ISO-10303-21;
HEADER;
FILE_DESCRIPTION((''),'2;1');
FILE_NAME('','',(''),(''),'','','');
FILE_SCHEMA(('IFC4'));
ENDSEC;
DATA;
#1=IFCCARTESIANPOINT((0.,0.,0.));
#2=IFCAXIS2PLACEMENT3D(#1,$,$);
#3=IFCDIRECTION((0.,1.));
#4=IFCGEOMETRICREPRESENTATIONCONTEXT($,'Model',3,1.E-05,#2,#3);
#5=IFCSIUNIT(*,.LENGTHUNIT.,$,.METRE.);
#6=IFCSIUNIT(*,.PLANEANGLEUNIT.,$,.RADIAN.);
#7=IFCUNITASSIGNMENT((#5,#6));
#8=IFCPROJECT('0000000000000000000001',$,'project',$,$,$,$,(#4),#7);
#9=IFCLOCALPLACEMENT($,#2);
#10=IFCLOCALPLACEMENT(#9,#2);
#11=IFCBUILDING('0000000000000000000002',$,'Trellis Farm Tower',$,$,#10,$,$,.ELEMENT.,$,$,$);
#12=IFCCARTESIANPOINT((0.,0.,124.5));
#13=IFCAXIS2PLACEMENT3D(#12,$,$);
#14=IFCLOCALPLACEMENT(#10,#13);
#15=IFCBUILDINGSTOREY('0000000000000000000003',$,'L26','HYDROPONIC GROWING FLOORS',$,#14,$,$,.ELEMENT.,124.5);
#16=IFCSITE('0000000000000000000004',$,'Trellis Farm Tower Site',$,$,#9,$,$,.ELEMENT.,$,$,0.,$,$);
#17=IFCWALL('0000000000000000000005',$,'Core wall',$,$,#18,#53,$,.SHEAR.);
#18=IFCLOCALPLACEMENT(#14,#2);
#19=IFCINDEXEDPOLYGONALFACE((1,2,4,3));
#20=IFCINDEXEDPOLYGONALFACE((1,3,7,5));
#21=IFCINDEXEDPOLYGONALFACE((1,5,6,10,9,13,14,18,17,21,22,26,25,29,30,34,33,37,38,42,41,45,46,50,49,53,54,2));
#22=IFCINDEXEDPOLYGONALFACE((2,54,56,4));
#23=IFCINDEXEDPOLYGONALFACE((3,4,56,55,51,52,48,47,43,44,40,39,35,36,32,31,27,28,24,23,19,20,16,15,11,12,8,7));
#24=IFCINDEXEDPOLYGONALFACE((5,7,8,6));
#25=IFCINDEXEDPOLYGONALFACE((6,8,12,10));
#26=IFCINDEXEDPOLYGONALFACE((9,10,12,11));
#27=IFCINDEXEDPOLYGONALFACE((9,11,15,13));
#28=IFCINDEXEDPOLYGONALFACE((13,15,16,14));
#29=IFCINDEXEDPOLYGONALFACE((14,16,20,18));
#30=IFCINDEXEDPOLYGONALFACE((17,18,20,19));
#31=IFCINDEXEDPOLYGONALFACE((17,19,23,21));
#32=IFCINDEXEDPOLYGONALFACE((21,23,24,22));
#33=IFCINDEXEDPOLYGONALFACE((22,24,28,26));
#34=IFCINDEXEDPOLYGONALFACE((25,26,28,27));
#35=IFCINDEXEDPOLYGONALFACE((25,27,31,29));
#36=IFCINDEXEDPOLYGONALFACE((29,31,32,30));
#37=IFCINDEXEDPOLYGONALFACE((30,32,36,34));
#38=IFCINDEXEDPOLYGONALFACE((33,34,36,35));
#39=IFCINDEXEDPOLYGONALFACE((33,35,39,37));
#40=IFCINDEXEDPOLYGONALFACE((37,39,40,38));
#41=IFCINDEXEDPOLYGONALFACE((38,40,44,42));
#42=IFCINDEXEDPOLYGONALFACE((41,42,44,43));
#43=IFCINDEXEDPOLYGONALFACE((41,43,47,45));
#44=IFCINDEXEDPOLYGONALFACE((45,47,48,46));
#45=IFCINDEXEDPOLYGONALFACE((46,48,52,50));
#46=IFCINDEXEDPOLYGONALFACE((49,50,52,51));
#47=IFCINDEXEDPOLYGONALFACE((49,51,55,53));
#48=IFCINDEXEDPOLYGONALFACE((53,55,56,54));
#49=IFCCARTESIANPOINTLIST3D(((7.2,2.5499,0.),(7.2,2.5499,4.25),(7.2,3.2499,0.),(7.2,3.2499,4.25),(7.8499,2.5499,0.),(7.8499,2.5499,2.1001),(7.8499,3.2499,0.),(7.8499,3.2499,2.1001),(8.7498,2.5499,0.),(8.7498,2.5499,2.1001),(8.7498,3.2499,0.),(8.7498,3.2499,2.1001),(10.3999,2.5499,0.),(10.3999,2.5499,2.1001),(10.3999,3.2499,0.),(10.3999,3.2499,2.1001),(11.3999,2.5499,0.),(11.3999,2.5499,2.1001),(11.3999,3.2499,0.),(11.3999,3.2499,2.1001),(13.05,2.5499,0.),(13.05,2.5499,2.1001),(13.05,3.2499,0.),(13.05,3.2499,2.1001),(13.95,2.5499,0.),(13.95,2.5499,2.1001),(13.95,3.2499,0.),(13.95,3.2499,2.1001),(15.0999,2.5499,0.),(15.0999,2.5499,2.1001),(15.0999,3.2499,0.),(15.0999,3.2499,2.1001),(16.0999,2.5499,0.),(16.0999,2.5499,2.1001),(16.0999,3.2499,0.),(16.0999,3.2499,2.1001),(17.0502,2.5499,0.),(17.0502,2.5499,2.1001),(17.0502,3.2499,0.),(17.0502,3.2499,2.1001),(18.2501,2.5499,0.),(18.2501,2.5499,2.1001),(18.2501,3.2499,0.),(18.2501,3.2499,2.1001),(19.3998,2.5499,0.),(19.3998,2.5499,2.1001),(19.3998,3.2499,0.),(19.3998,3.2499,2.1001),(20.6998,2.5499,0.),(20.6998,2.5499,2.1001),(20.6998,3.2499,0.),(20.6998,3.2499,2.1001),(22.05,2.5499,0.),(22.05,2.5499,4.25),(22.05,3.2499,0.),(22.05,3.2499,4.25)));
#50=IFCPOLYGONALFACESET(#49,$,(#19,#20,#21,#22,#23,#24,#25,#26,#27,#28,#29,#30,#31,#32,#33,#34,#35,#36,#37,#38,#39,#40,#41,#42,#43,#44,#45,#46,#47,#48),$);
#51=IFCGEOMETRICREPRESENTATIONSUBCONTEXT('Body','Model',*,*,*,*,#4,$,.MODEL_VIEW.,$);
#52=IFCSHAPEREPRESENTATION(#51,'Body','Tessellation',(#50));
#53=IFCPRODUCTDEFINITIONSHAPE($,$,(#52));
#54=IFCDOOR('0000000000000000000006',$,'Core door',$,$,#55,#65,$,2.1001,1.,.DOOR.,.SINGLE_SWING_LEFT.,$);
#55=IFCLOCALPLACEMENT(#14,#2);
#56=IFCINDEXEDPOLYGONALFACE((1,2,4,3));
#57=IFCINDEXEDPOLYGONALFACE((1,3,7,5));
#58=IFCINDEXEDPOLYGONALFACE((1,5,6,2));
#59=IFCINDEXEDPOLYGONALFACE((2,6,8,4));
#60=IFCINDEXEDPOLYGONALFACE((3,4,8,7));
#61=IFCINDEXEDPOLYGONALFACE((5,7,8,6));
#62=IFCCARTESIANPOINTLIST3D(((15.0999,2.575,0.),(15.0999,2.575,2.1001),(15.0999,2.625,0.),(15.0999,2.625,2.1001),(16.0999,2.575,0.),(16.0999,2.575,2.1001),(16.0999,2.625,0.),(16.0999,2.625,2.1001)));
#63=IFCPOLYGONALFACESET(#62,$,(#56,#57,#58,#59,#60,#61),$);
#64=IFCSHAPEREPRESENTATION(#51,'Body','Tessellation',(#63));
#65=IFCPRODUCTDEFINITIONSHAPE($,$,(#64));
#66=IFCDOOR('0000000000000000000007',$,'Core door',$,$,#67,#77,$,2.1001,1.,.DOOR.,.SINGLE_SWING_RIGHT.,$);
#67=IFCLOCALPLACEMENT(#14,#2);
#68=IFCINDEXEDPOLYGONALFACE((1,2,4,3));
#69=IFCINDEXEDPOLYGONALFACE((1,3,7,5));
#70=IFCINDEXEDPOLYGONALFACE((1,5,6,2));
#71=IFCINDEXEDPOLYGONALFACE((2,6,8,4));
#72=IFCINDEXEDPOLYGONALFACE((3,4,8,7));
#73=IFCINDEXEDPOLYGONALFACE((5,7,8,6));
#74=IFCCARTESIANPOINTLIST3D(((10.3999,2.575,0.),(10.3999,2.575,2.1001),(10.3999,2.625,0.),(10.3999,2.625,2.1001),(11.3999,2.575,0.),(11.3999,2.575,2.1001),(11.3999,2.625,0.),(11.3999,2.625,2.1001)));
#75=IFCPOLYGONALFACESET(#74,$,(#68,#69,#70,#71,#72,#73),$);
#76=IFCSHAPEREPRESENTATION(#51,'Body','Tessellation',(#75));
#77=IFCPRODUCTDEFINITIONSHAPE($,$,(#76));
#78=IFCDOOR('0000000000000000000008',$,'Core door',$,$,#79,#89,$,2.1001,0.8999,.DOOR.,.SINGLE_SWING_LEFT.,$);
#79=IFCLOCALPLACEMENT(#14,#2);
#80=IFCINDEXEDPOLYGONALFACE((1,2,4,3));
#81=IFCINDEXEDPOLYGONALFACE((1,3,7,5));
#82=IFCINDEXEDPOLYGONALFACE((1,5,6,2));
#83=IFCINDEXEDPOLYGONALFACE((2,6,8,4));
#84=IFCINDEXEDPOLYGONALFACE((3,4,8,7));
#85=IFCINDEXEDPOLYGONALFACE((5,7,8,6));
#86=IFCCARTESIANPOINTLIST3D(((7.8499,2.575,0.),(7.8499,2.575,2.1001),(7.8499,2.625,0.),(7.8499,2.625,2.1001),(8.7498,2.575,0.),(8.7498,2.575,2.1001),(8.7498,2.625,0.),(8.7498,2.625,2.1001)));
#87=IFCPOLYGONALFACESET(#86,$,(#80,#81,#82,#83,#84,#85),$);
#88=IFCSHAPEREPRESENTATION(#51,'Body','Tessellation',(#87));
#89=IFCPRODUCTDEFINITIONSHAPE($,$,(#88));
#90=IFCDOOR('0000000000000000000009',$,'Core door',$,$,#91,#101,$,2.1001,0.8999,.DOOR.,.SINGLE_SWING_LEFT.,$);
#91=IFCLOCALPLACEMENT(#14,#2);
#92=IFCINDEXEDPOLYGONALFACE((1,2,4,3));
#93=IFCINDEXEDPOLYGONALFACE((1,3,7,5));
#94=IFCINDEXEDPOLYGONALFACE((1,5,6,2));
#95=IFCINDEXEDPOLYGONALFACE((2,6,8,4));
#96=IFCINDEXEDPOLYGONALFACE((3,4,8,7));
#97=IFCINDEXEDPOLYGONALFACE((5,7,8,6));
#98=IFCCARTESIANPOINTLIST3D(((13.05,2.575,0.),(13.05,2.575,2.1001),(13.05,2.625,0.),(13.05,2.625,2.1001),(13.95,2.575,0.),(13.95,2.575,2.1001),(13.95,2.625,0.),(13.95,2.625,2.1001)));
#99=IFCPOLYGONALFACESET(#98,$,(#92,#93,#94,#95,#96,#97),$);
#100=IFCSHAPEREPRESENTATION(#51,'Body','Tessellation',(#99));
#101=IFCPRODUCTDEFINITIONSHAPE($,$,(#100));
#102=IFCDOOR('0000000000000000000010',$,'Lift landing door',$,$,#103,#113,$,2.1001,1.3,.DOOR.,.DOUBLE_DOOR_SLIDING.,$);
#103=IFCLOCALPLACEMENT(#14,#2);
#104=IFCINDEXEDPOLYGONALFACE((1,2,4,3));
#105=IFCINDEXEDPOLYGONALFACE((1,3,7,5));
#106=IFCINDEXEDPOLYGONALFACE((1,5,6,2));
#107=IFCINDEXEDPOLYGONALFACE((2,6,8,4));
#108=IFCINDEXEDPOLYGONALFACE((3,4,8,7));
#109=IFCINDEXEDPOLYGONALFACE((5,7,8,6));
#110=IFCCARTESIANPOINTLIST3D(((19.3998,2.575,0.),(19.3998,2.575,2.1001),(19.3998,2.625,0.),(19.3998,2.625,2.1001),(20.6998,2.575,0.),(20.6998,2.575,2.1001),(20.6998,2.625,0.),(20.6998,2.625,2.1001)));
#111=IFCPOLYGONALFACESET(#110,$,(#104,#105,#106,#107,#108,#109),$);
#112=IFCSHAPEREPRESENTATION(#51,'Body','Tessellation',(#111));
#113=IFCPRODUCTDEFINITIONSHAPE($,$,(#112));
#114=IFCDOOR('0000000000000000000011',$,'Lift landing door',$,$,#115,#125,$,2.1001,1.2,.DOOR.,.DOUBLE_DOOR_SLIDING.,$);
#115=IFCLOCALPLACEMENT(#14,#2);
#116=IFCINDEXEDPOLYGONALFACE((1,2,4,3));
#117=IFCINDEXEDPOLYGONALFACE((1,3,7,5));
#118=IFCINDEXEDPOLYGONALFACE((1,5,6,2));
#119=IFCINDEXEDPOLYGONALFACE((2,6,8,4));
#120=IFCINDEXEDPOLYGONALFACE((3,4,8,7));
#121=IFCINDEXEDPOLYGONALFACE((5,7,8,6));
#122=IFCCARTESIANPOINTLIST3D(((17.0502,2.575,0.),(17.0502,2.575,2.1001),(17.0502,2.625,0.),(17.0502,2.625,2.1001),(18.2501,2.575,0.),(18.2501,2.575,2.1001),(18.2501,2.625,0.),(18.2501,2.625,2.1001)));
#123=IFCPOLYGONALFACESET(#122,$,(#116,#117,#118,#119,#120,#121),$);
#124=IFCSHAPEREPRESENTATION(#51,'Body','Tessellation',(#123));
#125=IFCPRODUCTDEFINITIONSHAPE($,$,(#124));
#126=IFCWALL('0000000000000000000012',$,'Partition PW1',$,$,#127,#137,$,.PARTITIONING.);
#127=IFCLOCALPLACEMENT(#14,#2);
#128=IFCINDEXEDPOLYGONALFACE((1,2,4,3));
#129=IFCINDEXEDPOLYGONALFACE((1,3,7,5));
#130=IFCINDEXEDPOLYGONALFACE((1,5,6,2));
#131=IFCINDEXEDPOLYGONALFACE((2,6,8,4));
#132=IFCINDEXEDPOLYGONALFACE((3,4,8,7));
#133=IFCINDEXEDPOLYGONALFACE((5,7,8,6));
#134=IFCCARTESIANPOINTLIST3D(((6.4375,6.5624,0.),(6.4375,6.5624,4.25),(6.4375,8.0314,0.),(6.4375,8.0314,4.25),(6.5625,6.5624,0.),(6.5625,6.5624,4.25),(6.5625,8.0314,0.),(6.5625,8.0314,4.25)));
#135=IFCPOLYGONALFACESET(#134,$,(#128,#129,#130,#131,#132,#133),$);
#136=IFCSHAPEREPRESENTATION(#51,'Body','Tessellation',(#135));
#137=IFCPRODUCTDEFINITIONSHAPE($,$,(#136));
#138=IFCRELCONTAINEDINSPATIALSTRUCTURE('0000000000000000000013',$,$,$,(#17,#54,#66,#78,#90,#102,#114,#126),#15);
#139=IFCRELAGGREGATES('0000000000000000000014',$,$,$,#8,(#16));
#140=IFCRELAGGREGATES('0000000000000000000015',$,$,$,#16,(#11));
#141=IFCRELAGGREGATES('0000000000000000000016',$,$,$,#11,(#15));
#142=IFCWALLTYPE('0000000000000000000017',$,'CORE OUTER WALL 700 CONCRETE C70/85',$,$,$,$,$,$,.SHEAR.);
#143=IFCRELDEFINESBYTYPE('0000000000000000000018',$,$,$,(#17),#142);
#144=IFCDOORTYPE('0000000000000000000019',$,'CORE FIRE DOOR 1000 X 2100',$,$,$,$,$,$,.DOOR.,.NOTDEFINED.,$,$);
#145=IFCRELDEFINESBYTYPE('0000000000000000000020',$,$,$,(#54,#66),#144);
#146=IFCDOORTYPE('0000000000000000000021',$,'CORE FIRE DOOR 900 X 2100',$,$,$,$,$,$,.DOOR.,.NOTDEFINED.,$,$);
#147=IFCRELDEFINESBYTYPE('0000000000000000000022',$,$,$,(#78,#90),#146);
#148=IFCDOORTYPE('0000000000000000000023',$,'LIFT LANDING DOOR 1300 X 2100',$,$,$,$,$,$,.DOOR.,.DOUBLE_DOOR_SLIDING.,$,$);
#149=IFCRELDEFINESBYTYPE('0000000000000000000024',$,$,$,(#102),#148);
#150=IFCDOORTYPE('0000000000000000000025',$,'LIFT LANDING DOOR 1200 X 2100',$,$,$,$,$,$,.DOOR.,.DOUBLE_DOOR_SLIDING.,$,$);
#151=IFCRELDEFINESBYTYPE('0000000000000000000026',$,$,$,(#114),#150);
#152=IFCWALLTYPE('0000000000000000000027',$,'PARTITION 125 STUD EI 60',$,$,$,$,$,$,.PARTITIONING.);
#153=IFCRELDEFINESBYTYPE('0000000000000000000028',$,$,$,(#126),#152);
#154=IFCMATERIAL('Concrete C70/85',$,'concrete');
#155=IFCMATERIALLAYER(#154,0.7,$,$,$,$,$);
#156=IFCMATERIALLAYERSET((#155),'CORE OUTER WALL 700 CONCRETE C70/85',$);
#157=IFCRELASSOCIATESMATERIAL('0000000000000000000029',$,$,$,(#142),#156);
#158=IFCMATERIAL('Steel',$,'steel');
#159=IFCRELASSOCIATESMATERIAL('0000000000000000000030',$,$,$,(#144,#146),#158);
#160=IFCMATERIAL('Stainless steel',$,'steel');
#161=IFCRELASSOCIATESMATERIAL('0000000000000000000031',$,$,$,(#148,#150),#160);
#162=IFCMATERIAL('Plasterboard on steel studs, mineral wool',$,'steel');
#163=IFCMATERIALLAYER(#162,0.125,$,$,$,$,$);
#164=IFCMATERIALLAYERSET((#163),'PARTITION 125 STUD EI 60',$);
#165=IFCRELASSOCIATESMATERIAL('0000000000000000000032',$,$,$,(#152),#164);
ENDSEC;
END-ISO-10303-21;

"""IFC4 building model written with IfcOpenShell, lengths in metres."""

from ifc_helpers import new_model, si_unit, direction, frame, frame_2d, origin, place, context, subcontext, project, spatial, rectangle, extrude, source, transform, mapped, material, layer, layer_set, type_object, element, fill, save


model = new_model("IFC4")

# Units and contexts
model_context = context("Model", 3, precision=1e-05, world=origin(), true_north=direction((0.0, 1.0)))
body_context = subcontext(model_context, "Body", "Model", "MODEL_VIEW")
ifc_project = project(units=[si_unit("LENGTHUNIT", "METRE"), si_unit("PLANEANGLEUNIT", "RADIAN")], contexts=[model_context])

# Site, building, storey
site_placement = place(None, origin())
site = spatial("IfcSite", under=ifc_project, at=site_placement, Name="Trellis Farm Tower Site", CompositionType="ELEMENT", RefElevation=0.0)
building_placement = place(site_placement, origin())
building = spatial("IfcBuilding", under=site, at=building_placement, Name="Trellis Farm Tower", CompositionType="ELEMENT")
storey_placement = place(building_placement, frame((0.0, 0.0, 124.5)))
storey = spatial("IfcBuildingStorey", under=building, at=storey_placement, Name="L26", Description="HYDROPONIC GROWING FLOORS", CompositionType="ELEMENT", Elevation=124.5)

# Wall, openings, doors
ifc_material_1 = material(Name="Concrete C70/85", Category="concrete")
ifc_layer_1 = layer(ifc_material_1, 0.7)
ifc_layer_set_1 = layer_set([ifc_layer_1], Name="CORE OUTER WALL 700 CONCRETE C70/85")
wall_type_1 = type_object("IfcWallType", Name="CORE OUTER WALL 700 CONCRETE C70/85", PredefinedType="SHEAR", material=ifc_layer_set_1)
shared_shape_1 = source(origin(), body_context, "Body", "SweptSolid", [
    extrude(rectangle(XDim=14.8501, YDim=0.7, at=frame_2d((7.425, 0.0))), origin(), (0.0, 0.0, 1.0), 4.25),
])
wall_1_placement = place(storey_placement, frame((7.2, 2.8999, 0.0), z_axis=(0.0, 0.0, 1.0), x_axis=(1.0, 0.0, 0.0)))
wall_1 = element("IfcWall", 1, at=wall_1_placement, inside=storey, type_object=wall_type_1, Name="Core wall", PredefinedType="SHEAR", context=body_context, shape_type="MappedRepresentation", body=[
    mapped(shared_shape_1, transform((0.0, 0.0, 0.0))),
])
shared_shape_2 = source(origin(), body_context, "Body", "SweptSolid", [
    extrude(rectangle(XDim=1.3, YDim=2.1001, at=frame_2d((0.6499, 1.05))), frame((0.0, 0.3601, 0.0), z_axis=(0.0, -1.0, 0.0), x_axis=(1.0, 0.0, 0.0)), (0.0, 0.0, 1.0), 0.7202),
])
opening_1_placement = place(wall_1_placement, frame((12.2, 0.0, 0.0)))
opening_1 = element("IfcOpeningElement", 2, at=opening_1_placement, cuts=wall_1, PredefinedType="OPENING", context=body_context, shape_type="MappedRepresentation", body=[
    mapped(shared_shape_2, transform((0.0, 0.0, 0.0))),
])
shared_shape_3 = source(origin(), body_context, "Body", "SweptSolid", [
    extrude(rectangle(XDim=1.2, YDim=2.1001, at=frame_2d((0.6001, 1.05))), frame((0.0, 0.3601, 0.0), z_axis=(0.0, -1.0, 0.0), x_axis=(1.0, 0.0, 0.0)), (0.0, 0.0, 1.0), 0.7202),
])
opening_2_placement = place(wall_1_placement, frame((9.8501, 0.0, 0.0)))
opening_2 = element("IfcOpeningElement", 3, at=opening_2_placement, cuts=wall_1, PredefinedType="OPENING", context=body_context, shape_type="MappedRepresentation", body=[
    mapped(shared_shape_3, transform((0.0, 0.0, 0.0))),
])
shared_shape_4 = source(origin(), body_context, "Body", "SweptSolid", [
    extrude(rectangle(XDim=1.0, YDim=2.1001, at=frame_2d((0.5, 1.05))), frame((0.0, 0.3601, 0.0), z_axis=(0.0, -1.0, 0.0), x_axis=(1.0, 0.0, 0.0)), (0.0, 0.0, 1.0), 0.7202),
])
opening_3_placement = place(wall_1_placement, frame((7.8999, 0.0, 0.0)))
opening_3 = element("IfcOpeningElement", 4, at=opening_3_placement, cuts=wall_1, PredefinedType="OPENING", context=body_context, shape_type="MappedRepresentation", body=[
    mapped(shared_shape_4, transform((0.0, 0.0, 0.0))),
])
shared_shape_5 = source(origin(), body_context, "Body", "SweptSolid", [
    extrude(rectangle(XDim=0.8999, YDim=2.1001, at=frame_2d((0.45, 1.05))), frame((0.0, 0.3601, 0.0), z_axis=(0.0, -1.0, 0.0), x_axis=(1.0, 0.0, 0.0)), (0.0, 0.0, 1.0), 0.7202),
])
opening_4_placement = place(wall_1_placement, frame((0.6499, 0.0, 0.0)))
opening_4 = element("IfcOpeningElement", 5, at=opening_4_placement, cuts=wall_1, PredefinedType="OPENING", context=body_context, shape_type="MappedRepresentation", body=[
    mapped(shared_shape_5, transform((0.0, 0.0, 0.0))),
])
opening_5_placement = place(wall_1_placement, frame((3.2, 0.0, 0.0)))
opening_5 = element("IfcOpeningElement", 6, at=opening_5_placement, cuts=wall_1, PredefinedType="OPENING", context=body_context, shape_type="MappedRepresentation", body=[
    mapped(shared_shape_4, transform((0.0, 0.0, 0.0))),
])
opening_6_placement = place(wall_1_placement, frame((5.8501, 0.0, 0.0)))
opening_6 = element("IfcOpeningElement", 7, at=opening_6_placement, cuts=wall_1, PredefinedType="OPENING", context=body_context, shape_type="MappedRepresentation", body=[
    mapped(shared_shape_5, transform((0.0, 0.0, 0.0))),
])
ifc_material_2 = material(Name="Steel", Category="steel")
door_type_1 = type_object("IfcDoorType", Name="CORE FIRE DOOR 1000 X 2100", OperationType="NOTDEFINED", PredefinedType="DOOR", material=ifc_material_2)
shared_shape_6 = source(origin(), body_context, "Body", "SweptSolid", [
    extrude(rectangle(XDim=1.0, YDim=2.1001, at=frame_2d((0.5, 1.05))), frame((0.0, -0.2749, 0.0), z_axis=(0.0, -1.0, 0.0), x_axis=(1.0, 0.0, 0.0)), (0.0, 0.0, 1.0), 0.05),
])
door_1_placement = place(opening_3_placement, origin())
door_1 = element("IfcDoor", 8, at=door_1_placement, inside=storey, type_object=door_type_1, Name="Core door", OperationType="SINGLE_SWING_LEFT", OverallHeight=2.1001, OverallWidth=1.0, PredefinedType="DOOR", context=body_context, shape_type="MappedRepresentation", body=[
    mapped(shared_shape_6, transform((0.0, 0.0, 0.0))),
])
fill(opening_3, door_1)
door_2_placement = place(opening_5_placement, origin())
door_2 = element("IfcDoor", 9, at=door_2_placement, inside=storey, type_object=door_type_1, Name="Core door", OperationType="SINGLE_SWING_RIGHT", OverallHeight=2.1001, OverallWidth=1.0, PredefinedType="DOOR", context=body_context, shape_type="MappedRepresentation", body=[
    mapped(shared_shape_6, transform((0.0, 0.0, 0.0))),
])
fill(opening_5, door_2)
door_type_2 = type_object("IfcDoorType", Name="CORE FIRE DOOR 900 X 2100", OperationType="NOTDEFINED", PredefinedType="DOOR", material=ifc_material_2)
shared_shape_7 = source(origin(), body_context, "Body", "SweptSolid", [
    extrude(rectangle(XDim=0.8999, YDim=2.1001, at=frame_2d((0.45, 1.05))), frame((0.0, -0.2749, 0.0), z_axis=(0.0, -1.0, 0.0), x_axis=(1.0, 0.0, 0.0)), (0.0, 0.0, 1.0), 0.05),
])
door_3_placement = place(opening_4_placement, origin())
door_3 = element("IfcDoor", 10, at=door_3_placement, inside=storey, type_object=door_type_2, Name="Core door", OperationType="SINGLE_SWING_LEFT", OverallHeight=2.1001, OverallWidth=0.8999, PredefinedType="DOOR", context=body_context, shape_type="MappedRepresentation", body=[
    mapped(shared_shape_7, transform((0.0, 0.0, 0.0))),
])
fill(opening_4, door_3)
door_4_placement = place(opening_6_placement, origin())
door_4 = element("IfcDoor", 11, at=door_4_placement, inside=storey, type_object=door_type_2, Name="Core door", OperationType="SINGLE_SWING_LEFT", OverallHeight=2.1001, OverallWidth=0.8999, PredefinedType="DOOR", context=body_context, shape_type="MappedRepresentation", body=[
    mapped(shared_shape_7, transform((0.0, 0.0, 0.0))),
])
fill(opening_6, door_4)
ifc_material_3 = material(Name="Stainless steel", Category="steel")
door_type_3 = type_object("IfcDoorType", Name="LIFT LANDING DOOR 1300 X 2100", OperationType="DOUBLE_DOOR_SLIDING", PredefinedType="DOOR", material=ifc_material_3)
shared_shape_8 = source(origin(), body_context, "Body", "SweptSolid", [
    extrude(rectangle(XDim=1.3, YDim=2.1001, at=frame_2d((0.6499, 1.05))), frame((0.0, -0.2749, 0.0), z_axis=(0.0, -1.0, 0.0), x_axis=(1.0, 0.0, 0.0)), (0.0, 0.0, 1.0), 0.05),
])
door_5_placement = place(opening_1_placement, origin())
door_5 = element("IfcDoor", 12, at=door_5_placement, inside=storey, type_object=door_type_3, Name="Lift landing door", OperationType="DOUBLE_DOOR_SLIDING", OverallHeight=2.1001, OverallWidth=1.3, PredefinedType="DOOR", context=body_context, shape_type="MappedRepresentation", body=[
    mapped(shared_shape_8, transform((0.0, 0.0, 0.0))),
])
fill(opening_1, door_5)
door_type_4 = type_object("IfcDoorType", Name="LIFT LANDING DOOR 1200 X 2100", OperationType="DOUBLE_DOOR_SLIDING", PredefinedType="DOOR", material=ifc_material_3)
shared_shape_9 = source(origin(), body_context, "Body", "SweptSolid", [
    extrude(rectangle(XDim=1.2, YDim=2.1001, at=frame_2d((0.6001, 1.05))), frame((0.0, -0.2749, 0.0), z_axis=(0.0, -1.0, 0.0), x_axis=(1.0, 0.0, 0.0)), (0.0, 0.0, 1.0), 0.05),
])
door_6_placement = place(opening_2_placement, origin())
door_6 = element("IfcDoor", 13, at=door_6_placement, inside=storey, type_object=door_type_4, Name="Lift landing door", OperationType="DOUBLE_DOOR_SLIDING", OverallHeight=2.1001, OverallWidth=1.2, PredefinedType="DOOR", context=body_context, shape_type="MappedRepresentation", body=[
    mapped(shared_shape_9, transform((0.0, 0.0, 0.0))),
])
fill(opening_2, door_6)

# Wall
ifc_material_4 = material(Name="Plasterboard on steel studs, mineral wool", Category="steel")
ifc_layer_2 = layer(ifc_material_4, 0.125)
ifc_layer_set_2 = layer_set([ifc_layer_2], Name="PARTITION 125 STUD EI 60")
wall_type_2 = type_object("IfcWallType", Name="PARTITION 125 STUD EI 60", PredefinedType="PARTITIONING", material=ifc_layer_set_2)
shared_shape_10 = source(origin(), body_context, "Body", "SweptSolid", [
    extrude(rectangle(XDim=1.469, YDim=0.125, at=frame_2d((0.7344, 0.0))), origin(), (0.0, 0.0, 1.0), 4.25),
])
wall_2_placement = place(storey_placement, frame((6.5, 6.5625, 0.0), z_axis=(0.0, 0.0, 1.0), x_axis=(0.0, 1.0, 0.0)))
element("IfcWall", 14, at=wall_2_placement, inside=storey, type_object=wall_type_2, Name="Partition PW1", PredefinedType="PARTITIONING", context=body_context, shape_type="MappedRepresentation", body=[
    mapped(shared_shape_10, transform((0.0, 0.0, 0.0))),
])

save(model, "model.ifc")
